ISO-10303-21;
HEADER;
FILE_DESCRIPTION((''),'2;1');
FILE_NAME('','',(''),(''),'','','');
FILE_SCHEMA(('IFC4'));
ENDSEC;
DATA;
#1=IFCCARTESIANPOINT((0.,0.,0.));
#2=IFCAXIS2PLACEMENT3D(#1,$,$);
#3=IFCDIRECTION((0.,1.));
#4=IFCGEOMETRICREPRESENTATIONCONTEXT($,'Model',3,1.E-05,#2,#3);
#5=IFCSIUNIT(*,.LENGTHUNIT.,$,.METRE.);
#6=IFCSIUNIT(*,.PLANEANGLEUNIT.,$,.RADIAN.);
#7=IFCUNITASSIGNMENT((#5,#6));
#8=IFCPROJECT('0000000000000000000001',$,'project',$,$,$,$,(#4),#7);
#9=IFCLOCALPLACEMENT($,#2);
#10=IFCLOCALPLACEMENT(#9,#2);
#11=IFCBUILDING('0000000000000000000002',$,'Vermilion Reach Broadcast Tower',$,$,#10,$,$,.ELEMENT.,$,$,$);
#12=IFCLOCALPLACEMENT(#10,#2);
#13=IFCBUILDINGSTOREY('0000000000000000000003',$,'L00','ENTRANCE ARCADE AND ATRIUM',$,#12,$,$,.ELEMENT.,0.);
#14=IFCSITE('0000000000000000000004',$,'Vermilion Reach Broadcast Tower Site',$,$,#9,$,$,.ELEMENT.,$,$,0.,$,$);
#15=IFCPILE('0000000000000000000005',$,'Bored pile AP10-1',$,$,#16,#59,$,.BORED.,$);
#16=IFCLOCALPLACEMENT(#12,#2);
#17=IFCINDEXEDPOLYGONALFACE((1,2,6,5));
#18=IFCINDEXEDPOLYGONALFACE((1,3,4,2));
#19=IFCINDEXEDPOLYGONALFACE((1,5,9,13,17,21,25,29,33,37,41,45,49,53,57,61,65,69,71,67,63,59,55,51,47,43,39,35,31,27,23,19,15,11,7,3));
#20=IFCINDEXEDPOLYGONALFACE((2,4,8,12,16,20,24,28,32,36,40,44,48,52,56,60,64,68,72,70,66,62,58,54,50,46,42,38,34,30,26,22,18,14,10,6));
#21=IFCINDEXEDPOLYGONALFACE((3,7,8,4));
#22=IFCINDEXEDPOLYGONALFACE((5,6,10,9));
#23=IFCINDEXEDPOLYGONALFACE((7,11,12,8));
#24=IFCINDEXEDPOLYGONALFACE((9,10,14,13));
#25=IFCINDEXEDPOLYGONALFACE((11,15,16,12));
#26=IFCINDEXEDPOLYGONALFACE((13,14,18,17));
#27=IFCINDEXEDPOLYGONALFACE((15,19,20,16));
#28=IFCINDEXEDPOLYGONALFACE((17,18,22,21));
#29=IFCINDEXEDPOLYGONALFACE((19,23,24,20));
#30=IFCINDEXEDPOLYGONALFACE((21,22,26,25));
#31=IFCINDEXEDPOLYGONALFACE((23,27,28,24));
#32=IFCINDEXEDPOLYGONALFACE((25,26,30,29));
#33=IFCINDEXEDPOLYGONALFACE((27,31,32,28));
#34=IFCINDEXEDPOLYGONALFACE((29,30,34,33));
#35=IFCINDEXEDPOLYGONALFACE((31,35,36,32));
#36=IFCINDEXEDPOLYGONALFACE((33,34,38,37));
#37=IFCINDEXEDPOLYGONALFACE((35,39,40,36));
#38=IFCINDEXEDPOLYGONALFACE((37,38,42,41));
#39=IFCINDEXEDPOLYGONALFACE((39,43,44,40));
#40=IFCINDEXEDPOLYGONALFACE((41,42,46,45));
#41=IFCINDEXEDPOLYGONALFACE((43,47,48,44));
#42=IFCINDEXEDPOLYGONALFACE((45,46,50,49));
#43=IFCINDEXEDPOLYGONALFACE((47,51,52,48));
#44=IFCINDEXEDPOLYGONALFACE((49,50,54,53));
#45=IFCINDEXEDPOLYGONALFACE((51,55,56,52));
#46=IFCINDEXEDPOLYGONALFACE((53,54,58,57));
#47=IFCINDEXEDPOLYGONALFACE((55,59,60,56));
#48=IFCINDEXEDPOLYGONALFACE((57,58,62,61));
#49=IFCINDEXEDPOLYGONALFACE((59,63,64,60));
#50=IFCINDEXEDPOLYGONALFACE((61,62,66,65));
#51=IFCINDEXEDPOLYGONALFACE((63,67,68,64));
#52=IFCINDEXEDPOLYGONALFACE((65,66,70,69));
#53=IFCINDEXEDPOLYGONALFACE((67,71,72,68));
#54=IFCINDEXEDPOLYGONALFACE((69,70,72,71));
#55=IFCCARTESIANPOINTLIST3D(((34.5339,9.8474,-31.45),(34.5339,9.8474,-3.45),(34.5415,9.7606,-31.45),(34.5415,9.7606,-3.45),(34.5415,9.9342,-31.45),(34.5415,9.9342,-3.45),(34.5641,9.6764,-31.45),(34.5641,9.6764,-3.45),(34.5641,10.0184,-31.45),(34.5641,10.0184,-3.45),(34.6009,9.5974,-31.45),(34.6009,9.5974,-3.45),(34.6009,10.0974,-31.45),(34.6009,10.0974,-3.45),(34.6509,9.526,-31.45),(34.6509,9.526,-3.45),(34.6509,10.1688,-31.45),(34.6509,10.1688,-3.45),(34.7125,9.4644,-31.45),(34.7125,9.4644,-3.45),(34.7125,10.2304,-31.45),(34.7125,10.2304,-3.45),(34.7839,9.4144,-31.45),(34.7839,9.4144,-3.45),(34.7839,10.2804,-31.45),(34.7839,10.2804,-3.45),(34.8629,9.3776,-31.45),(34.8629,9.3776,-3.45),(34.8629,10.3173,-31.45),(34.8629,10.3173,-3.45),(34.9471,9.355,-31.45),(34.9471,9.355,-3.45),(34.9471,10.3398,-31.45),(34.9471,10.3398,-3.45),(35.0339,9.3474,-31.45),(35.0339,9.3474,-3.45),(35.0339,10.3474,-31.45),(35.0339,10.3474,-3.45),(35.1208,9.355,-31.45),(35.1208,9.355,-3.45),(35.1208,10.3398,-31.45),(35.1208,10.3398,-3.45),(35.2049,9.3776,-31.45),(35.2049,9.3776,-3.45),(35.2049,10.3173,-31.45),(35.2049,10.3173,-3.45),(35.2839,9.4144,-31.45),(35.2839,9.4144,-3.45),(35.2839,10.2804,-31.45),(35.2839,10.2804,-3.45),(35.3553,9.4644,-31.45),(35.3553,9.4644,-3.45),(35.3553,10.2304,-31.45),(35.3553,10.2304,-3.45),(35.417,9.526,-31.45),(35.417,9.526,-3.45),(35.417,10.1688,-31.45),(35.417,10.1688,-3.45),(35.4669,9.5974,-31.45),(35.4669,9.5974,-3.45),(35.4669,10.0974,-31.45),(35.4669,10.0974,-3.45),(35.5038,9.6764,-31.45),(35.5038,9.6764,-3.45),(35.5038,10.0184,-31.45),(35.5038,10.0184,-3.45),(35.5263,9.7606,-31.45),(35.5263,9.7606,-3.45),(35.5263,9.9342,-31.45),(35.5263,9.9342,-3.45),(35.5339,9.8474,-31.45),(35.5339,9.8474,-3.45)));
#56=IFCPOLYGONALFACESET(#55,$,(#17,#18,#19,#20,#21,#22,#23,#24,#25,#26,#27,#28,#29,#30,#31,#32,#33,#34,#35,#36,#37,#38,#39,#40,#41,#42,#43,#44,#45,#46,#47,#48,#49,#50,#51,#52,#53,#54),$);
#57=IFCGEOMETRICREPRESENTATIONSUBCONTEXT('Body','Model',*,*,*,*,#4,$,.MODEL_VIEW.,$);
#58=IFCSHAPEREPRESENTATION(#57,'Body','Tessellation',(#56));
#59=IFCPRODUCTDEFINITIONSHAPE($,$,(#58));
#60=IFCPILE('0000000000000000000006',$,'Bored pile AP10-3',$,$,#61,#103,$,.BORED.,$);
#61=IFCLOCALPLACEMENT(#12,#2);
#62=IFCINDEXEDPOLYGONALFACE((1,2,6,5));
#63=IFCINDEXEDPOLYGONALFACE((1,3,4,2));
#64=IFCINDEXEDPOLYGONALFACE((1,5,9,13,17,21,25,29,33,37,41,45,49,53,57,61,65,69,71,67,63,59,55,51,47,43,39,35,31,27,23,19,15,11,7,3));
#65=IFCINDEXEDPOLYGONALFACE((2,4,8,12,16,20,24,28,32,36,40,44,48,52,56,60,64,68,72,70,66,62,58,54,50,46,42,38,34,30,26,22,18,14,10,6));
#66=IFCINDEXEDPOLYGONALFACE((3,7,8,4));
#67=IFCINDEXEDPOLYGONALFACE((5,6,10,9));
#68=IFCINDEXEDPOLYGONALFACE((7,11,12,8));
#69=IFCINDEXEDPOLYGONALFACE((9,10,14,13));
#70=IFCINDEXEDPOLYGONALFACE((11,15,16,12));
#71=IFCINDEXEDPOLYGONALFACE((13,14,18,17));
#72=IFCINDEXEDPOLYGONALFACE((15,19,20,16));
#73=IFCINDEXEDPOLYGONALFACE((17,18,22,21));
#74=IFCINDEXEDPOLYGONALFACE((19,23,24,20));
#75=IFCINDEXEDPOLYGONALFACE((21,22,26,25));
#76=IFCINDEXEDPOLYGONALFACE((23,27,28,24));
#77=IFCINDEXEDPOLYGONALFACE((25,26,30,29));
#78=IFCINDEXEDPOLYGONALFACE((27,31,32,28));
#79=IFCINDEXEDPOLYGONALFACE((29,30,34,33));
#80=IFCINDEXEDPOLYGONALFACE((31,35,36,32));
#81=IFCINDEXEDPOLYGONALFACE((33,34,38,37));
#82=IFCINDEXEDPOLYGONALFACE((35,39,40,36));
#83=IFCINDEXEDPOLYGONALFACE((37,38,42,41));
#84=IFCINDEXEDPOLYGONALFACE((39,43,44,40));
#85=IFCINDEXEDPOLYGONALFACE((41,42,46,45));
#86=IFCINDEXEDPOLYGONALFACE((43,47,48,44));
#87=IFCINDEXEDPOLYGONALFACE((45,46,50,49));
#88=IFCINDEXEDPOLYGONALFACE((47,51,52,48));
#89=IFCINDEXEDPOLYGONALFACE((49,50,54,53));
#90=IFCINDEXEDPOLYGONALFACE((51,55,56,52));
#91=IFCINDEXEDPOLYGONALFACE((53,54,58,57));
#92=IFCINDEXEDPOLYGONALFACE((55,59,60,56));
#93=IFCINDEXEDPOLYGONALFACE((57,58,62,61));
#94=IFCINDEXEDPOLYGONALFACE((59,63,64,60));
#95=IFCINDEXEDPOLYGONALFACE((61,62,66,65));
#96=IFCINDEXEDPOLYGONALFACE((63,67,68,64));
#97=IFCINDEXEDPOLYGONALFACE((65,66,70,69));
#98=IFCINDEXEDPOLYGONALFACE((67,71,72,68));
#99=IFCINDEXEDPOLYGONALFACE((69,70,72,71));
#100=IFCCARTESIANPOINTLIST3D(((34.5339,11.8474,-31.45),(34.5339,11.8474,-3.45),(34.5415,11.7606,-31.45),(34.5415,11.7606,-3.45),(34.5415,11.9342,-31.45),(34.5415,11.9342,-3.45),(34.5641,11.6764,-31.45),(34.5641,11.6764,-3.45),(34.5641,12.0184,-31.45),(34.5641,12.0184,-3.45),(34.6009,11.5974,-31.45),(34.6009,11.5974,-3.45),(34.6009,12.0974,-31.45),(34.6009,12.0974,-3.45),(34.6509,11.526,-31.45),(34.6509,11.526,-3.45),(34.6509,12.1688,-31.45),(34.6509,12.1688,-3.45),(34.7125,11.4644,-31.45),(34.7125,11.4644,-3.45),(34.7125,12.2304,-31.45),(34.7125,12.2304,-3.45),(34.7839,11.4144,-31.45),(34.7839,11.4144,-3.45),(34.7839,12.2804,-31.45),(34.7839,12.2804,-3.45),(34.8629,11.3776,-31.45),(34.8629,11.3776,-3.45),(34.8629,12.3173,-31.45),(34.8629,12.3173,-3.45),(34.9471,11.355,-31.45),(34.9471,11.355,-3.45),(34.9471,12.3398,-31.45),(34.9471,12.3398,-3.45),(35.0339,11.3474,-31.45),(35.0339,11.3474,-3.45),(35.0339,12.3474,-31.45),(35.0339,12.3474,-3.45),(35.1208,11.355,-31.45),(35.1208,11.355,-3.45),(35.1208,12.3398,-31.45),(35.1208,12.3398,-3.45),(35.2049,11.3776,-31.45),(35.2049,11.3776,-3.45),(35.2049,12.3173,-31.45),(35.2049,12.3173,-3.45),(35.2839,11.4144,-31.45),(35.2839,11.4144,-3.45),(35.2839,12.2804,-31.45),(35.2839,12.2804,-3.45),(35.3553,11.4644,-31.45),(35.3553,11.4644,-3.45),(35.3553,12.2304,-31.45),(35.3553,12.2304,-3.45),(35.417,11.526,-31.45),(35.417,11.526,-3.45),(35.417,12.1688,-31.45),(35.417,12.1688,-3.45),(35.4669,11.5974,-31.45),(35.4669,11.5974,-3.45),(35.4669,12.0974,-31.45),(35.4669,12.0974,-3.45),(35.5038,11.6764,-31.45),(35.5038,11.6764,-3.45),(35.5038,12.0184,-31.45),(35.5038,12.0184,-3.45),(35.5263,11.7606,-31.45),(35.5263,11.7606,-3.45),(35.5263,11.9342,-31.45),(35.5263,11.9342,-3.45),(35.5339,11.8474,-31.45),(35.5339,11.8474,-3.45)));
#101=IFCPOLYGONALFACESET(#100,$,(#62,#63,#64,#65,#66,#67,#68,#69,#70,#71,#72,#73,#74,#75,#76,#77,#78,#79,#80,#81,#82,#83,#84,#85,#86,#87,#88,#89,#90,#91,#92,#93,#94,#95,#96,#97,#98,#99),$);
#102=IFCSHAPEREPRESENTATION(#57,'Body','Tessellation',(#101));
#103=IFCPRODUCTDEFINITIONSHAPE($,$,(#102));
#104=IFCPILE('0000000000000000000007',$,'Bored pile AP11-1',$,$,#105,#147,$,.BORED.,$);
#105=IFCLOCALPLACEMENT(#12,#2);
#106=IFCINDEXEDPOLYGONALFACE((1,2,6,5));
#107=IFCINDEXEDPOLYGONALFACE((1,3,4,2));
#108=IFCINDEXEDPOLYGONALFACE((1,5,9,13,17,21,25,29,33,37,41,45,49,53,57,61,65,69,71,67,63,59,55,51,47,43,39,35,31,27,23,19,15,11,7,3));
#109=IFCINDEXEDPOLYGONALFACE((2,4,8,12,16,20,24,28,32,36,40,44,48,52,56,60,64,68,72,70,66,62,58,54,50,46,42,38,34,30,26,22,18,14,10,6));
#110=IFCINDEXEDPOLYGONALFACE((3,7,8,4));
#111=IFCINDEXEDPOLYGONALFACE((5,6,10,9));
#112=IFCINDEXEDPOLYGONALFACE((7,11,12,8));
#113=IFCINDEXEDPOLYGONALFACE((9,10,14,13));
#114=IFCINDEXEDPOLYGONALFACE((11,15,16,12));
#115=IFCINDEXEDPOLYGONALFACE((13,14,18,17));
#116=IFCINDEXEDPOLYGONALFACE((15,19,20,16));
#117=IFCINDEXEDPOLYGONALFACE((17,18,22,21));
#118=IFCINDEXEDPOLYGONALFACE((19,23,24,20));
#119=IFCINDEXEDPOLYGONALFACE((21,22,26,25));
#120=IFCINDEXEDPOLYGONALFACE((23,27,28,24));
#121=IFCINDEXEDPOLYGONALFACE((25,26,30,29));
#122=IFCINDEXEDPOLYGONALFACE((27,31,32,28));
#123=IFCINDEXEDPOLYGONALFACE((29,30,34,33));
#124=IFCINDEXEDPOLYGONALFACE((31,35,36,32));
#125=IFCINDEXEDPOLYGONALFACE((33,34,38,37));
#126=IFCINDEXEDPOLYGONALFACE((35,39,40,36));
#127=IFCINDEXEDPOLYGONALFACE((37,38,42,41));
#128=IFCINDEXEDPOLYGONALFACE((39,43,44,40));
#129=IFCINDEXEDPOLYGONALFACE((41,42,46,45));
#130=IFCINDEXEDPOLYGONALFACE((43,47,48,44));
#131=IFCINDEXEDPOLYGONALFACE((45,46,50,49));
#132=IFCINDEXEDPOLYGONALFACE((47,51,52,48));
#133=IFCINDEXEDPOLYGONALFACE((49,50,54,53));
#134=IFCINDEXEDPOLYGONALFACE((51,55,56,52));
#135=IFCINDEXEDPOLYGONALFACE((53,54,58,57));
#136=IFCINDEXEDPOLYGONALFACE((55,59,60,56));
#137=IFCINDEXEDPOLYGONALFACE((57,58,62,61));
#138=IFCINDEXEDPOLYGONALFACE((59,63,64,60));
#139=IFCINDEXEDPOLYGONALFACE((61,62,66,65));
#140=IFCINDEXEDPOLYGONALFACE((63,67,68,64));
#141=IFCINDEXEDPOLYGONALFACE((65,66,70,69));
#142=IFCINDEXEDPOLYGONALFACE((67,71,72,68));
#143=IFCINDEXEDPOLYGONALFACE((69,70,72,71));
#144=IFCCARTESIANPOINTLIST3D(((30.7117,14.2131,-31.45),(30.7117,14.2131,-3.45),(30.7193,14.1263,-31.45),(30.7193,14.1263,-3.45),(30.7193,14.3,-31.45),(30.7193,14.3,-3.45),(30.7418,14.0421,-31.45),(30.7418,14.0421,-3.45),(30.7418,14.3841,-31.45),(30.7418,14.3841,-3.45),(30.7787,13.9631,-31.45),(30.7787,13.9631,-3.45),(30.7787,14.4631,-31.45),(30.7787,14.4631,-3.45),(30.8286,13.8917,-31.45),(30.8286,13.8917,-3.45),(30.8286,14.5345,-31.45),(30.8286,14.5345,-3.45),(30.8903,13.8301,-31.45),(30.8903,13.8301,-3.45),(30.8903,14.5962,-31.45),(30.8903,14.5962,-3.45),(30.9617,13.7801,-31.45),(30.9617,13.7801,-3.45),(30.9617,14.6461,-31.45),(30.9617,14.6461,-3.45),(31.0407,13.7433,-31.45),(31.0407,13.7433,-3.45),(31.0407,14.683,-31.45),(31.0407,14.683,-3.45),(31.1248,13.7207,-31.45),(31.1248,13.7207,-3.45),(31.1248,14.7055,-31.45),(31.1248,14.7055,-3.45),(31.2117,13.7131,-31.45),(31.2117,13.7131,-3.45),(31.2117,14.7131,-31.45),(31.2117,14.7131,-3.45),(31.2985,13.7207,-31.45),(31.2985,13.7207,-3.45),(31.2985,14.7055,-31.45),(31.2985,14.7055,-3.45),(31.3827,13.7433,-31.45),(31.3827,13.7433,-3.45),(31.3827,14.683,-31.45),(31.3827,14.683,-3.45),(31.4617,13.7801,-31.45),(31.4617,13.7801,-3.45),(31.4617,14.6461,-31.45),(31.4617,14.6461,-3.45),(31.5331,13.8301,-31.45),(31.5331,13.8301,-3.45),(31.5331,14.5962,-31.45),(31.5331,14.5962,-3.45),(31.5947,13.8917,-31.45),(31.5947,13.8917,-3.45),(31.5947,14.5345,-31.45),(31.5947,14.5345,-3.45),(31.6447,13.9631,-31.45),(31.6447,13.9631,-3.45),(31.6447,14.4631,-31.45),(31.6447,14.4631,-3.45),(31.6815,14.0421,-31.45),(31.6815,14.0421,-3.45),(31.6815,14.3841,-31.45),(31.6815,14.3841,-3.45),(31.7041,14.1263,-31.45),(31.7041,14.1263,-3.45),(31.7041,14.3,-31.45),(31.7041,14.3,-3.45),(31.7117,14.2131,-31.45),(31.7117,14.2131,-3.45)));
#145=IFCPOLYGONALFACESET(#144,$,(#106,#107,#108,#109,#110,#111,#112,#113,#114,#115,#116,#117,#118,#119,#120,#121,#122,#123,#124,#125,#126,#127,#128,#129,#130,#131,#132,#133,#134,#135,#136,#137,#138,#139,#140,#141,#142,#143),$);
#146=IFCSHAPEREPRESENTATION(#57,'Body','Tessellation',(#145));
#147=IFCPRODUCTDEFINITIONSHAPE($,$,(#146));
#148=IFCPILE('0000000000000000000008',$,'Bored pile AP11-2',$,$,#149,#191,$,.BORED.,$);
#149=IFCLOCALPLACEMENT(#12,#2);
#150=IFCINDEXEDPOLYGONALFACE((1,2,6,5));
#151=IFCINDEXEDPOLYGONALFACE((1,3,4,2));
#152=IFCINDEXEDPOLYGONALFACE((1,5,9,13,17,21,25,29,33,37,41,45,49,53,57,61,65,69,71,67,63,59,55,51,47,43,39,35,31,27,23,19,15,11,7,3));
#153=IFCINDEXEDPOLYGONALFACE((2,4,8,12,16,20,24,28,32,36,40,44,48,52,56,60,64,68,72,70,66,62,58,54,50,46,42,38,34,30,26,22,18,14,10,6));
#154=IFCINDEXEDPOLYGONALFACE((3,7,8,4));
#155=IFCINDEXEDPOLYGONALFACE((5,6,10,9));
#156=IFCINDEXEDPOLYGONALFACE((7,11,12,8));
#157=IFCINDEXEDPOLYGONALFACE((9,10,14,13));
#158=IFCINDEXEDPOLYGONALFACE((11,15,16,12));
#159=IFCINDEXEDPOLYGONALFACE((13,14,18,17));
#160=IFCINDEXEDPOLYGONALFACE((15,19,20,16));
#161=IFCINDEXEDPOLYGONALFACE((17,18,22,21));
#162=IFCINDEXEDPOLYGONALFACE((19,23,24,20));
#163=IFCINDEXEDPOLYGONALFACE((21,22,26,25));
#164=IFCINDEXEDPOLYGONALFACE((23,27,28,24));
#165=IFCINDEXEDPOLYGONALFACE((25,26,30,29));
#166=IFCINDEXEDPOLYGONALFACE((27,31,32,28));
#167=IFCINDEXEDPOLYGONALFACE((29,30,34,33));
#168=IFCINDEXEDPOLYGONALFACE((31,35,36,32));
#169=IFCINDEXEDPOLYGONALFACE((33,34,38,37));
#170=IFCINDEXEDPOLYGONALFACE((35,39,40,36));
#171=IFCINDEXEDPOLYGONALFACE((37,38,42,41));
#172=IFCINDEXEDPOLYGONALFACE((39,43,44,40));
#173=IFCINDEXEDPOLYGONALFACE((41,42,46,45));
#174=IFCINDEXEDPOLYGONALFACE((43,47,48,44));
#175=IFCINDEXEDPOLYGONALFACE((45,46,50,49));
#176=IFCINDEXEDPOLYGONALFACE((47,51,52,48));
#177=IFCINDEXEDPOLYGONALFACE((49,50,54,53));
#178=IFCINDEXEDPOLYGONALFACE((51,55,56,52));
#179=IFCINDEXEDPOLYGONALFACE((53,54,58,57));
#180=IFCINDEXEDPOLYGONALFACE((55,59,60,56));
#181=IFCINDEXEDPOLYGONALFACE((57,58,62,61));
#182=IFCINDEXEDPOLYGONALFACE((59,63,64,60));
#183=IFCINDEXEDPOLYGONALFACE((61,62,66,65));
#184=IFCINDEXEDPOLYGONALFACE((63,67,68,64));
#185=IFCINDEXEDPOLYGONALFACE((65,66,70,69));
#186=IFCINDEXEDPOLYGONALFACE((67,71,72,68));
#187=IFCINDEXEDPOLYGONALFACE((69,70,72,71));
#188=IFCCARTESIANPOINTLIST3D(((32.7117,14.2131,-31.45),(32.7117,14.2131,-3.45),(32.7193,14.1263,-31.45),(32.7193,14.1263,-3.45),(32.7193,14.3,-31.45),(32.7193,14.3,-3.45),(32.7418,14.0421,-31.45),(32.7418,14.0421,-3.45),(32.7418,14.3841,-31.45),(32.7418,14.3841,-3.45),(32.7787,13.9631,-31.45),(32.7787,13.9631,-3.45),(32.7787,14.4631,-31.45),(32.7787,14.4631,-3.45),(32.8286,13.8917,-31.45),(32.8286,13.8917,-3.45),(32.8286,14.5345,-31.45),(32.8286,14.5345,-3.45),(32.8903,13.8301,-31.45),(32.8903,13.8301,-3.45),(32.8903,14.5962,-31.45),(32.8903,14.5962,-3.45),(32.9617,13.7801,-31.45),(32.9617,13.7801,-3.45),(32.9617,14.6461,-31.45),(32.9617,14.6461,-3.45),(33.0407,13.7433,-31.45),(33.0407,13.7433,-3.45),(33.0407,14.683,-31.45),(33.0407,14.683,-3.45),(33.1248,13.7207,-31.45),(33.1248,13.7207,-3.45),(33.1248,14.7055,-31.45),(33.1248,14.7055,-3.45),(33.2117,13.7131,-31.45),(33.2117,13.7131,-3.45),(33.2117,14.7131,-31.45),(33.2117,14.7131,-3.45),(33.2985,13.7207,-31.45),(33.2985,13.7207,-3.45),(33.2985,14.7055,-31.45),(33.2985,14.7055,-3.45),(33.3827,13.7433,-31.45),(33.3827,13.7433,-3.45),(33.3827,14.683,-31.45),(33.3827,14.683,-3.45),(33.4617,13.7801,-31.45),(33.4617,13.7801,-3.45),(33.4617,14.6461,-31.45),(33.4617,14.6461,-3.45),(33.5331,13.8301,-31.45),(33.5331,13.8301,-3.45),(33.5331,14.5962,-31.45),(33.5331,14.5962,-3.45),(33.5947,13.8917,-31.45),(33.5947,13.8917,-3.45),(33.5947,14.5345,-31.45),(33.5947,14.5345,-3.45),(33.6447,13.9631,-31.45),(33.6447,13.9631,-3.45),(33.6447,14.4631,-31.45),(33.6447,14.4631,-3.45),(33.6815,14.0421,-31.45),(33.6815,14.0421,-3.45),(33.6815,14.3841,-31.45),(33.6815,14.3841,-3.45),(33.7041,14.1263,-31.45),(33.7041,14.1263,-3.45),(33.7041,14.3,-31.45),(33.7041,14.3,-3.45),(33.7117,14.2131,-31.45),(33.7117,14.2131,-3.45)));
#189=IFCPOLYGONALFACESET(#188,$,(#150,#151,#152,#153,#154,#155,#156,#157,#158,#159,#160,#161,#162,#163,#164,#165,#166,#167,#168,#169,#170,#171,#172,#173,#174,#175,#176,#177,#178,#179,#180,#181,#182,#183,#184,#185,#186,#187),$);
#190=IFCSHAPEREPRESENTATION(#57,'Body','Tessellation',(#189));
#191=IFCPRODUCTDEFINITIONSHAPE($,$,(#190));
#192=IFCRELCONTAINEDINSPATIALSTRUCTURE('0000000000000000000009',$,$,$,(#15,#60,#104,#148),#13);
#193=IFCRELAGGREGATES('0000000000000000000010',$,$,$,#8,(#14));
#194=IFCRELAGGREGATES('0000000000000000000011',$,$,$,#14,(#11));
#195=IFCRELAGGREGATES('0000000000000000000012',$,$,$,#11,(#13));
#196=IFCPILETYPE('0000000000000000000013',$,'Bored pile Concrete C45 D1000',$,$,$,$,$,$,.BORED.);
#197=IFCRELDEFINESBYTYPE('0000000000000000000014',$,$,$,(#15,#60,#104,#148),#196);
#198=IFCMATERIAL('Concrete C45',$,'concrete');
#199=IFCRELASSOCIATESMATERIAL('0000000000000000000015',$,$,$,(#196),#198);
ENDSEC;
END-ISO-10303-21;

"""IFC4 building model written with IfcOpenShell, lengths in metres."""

from ifc_helpers import new_model, si_unit, direction, frame, origin, origin_2d, place, context, subcontext, project, spatial, circle, extrude, material, material_profile, profile_set, type_object, element, save


model = new_model("IFC4")

# Units and contexts
model_context = context("Model", 3, precision=1e-05, world=origin(), true_north=direction((0.0, 1.0)))
body_context = subcontext(model_context, "Body", "Model", "MODEL_VIEW")
ifc_project = project(units=[si_unit("LENGTHUNIT", "METRE"), si_unit("PLANEANGLEUNIT", "RADIAN")], contexts=[model_context])

# Site, building, storey
site_placement = place(None, origin())
site = spatial("IfcSite", under=ifc_project, at=site_placement, Name="Vermilion Reach Broadcast Tower Site", CompositionType="ELEMENT", RefElevation=0.0)
building_placement = place(site_placement, origin())
building = spatial("IfcBuilding", under=site, at=building_placement, Name="Vermilion Reach Broadcast Tower", CompositionType="ELEMENT")
storey_placement = place(building_placement, origin())
storey = spatial("IfcBuildingStorey", under=building, at=storey_placement, Name="L00", Description="ENTRANCE ARCADE AND ATRIUM", CompositionType="ELEMENT", Elevation=0.0)

# Piles
ifc_material_1 = material(Name="Concrete C45", Category="concrete")
ifc_material_profile_1 = material_profile(ifc_material_1, circle(Radius=0.5, at=origin_2d()), Name="Concrete C45 D1000")
ifc_profile_set_1 = profile_set([ifc_material_profile_1], Name="Concrete C45")
pile_type = type_object("IfcPileType", Name="Bored pile Concrete C45 D1000", PredefinedType="BORED", material=ifc_profile_set_1)
for number, where, z_axis, x_axis, name in (
    (1, (35.0339, 9.8474, -3.45), (0.0, 0.0, -1.0), (1.0, 0.0, 0.0), "Bored pile AP10-1"),
    (2, (35.0339, 11.8474, -3.45), (0.0, 0.0, -1.0), (1.0, 0.0, 0.0), "Bored pile AP10-3"),
    (3, (31.2117, 14.2131, -3.45), (0.0, 0.0, -1.0), (1.0, 0.0, 0.0), "Bored pile AP11-1"),
    (4, (33.2117, 14.2131, -3.45), (0.0, 0.0, -1.0), (1.0, 0.0, 0.0), "Bored pile AP11-2"),
):
    element("IfcPile", number, at=place(storey_placement, frame(where, z_axis=z_axis, x_axis=x_axis)), inside=storey, type_object=pile_type, Name=name, PredefinedType="BORED", context=body_context, shape_type="SweptSolid", body=[
        extrude(circle(Radius=0.5, at=origin_2d()), origin(), (0.0, 0.0, 1.0), 28.0),
    ])

save(model, "model.ifc")
